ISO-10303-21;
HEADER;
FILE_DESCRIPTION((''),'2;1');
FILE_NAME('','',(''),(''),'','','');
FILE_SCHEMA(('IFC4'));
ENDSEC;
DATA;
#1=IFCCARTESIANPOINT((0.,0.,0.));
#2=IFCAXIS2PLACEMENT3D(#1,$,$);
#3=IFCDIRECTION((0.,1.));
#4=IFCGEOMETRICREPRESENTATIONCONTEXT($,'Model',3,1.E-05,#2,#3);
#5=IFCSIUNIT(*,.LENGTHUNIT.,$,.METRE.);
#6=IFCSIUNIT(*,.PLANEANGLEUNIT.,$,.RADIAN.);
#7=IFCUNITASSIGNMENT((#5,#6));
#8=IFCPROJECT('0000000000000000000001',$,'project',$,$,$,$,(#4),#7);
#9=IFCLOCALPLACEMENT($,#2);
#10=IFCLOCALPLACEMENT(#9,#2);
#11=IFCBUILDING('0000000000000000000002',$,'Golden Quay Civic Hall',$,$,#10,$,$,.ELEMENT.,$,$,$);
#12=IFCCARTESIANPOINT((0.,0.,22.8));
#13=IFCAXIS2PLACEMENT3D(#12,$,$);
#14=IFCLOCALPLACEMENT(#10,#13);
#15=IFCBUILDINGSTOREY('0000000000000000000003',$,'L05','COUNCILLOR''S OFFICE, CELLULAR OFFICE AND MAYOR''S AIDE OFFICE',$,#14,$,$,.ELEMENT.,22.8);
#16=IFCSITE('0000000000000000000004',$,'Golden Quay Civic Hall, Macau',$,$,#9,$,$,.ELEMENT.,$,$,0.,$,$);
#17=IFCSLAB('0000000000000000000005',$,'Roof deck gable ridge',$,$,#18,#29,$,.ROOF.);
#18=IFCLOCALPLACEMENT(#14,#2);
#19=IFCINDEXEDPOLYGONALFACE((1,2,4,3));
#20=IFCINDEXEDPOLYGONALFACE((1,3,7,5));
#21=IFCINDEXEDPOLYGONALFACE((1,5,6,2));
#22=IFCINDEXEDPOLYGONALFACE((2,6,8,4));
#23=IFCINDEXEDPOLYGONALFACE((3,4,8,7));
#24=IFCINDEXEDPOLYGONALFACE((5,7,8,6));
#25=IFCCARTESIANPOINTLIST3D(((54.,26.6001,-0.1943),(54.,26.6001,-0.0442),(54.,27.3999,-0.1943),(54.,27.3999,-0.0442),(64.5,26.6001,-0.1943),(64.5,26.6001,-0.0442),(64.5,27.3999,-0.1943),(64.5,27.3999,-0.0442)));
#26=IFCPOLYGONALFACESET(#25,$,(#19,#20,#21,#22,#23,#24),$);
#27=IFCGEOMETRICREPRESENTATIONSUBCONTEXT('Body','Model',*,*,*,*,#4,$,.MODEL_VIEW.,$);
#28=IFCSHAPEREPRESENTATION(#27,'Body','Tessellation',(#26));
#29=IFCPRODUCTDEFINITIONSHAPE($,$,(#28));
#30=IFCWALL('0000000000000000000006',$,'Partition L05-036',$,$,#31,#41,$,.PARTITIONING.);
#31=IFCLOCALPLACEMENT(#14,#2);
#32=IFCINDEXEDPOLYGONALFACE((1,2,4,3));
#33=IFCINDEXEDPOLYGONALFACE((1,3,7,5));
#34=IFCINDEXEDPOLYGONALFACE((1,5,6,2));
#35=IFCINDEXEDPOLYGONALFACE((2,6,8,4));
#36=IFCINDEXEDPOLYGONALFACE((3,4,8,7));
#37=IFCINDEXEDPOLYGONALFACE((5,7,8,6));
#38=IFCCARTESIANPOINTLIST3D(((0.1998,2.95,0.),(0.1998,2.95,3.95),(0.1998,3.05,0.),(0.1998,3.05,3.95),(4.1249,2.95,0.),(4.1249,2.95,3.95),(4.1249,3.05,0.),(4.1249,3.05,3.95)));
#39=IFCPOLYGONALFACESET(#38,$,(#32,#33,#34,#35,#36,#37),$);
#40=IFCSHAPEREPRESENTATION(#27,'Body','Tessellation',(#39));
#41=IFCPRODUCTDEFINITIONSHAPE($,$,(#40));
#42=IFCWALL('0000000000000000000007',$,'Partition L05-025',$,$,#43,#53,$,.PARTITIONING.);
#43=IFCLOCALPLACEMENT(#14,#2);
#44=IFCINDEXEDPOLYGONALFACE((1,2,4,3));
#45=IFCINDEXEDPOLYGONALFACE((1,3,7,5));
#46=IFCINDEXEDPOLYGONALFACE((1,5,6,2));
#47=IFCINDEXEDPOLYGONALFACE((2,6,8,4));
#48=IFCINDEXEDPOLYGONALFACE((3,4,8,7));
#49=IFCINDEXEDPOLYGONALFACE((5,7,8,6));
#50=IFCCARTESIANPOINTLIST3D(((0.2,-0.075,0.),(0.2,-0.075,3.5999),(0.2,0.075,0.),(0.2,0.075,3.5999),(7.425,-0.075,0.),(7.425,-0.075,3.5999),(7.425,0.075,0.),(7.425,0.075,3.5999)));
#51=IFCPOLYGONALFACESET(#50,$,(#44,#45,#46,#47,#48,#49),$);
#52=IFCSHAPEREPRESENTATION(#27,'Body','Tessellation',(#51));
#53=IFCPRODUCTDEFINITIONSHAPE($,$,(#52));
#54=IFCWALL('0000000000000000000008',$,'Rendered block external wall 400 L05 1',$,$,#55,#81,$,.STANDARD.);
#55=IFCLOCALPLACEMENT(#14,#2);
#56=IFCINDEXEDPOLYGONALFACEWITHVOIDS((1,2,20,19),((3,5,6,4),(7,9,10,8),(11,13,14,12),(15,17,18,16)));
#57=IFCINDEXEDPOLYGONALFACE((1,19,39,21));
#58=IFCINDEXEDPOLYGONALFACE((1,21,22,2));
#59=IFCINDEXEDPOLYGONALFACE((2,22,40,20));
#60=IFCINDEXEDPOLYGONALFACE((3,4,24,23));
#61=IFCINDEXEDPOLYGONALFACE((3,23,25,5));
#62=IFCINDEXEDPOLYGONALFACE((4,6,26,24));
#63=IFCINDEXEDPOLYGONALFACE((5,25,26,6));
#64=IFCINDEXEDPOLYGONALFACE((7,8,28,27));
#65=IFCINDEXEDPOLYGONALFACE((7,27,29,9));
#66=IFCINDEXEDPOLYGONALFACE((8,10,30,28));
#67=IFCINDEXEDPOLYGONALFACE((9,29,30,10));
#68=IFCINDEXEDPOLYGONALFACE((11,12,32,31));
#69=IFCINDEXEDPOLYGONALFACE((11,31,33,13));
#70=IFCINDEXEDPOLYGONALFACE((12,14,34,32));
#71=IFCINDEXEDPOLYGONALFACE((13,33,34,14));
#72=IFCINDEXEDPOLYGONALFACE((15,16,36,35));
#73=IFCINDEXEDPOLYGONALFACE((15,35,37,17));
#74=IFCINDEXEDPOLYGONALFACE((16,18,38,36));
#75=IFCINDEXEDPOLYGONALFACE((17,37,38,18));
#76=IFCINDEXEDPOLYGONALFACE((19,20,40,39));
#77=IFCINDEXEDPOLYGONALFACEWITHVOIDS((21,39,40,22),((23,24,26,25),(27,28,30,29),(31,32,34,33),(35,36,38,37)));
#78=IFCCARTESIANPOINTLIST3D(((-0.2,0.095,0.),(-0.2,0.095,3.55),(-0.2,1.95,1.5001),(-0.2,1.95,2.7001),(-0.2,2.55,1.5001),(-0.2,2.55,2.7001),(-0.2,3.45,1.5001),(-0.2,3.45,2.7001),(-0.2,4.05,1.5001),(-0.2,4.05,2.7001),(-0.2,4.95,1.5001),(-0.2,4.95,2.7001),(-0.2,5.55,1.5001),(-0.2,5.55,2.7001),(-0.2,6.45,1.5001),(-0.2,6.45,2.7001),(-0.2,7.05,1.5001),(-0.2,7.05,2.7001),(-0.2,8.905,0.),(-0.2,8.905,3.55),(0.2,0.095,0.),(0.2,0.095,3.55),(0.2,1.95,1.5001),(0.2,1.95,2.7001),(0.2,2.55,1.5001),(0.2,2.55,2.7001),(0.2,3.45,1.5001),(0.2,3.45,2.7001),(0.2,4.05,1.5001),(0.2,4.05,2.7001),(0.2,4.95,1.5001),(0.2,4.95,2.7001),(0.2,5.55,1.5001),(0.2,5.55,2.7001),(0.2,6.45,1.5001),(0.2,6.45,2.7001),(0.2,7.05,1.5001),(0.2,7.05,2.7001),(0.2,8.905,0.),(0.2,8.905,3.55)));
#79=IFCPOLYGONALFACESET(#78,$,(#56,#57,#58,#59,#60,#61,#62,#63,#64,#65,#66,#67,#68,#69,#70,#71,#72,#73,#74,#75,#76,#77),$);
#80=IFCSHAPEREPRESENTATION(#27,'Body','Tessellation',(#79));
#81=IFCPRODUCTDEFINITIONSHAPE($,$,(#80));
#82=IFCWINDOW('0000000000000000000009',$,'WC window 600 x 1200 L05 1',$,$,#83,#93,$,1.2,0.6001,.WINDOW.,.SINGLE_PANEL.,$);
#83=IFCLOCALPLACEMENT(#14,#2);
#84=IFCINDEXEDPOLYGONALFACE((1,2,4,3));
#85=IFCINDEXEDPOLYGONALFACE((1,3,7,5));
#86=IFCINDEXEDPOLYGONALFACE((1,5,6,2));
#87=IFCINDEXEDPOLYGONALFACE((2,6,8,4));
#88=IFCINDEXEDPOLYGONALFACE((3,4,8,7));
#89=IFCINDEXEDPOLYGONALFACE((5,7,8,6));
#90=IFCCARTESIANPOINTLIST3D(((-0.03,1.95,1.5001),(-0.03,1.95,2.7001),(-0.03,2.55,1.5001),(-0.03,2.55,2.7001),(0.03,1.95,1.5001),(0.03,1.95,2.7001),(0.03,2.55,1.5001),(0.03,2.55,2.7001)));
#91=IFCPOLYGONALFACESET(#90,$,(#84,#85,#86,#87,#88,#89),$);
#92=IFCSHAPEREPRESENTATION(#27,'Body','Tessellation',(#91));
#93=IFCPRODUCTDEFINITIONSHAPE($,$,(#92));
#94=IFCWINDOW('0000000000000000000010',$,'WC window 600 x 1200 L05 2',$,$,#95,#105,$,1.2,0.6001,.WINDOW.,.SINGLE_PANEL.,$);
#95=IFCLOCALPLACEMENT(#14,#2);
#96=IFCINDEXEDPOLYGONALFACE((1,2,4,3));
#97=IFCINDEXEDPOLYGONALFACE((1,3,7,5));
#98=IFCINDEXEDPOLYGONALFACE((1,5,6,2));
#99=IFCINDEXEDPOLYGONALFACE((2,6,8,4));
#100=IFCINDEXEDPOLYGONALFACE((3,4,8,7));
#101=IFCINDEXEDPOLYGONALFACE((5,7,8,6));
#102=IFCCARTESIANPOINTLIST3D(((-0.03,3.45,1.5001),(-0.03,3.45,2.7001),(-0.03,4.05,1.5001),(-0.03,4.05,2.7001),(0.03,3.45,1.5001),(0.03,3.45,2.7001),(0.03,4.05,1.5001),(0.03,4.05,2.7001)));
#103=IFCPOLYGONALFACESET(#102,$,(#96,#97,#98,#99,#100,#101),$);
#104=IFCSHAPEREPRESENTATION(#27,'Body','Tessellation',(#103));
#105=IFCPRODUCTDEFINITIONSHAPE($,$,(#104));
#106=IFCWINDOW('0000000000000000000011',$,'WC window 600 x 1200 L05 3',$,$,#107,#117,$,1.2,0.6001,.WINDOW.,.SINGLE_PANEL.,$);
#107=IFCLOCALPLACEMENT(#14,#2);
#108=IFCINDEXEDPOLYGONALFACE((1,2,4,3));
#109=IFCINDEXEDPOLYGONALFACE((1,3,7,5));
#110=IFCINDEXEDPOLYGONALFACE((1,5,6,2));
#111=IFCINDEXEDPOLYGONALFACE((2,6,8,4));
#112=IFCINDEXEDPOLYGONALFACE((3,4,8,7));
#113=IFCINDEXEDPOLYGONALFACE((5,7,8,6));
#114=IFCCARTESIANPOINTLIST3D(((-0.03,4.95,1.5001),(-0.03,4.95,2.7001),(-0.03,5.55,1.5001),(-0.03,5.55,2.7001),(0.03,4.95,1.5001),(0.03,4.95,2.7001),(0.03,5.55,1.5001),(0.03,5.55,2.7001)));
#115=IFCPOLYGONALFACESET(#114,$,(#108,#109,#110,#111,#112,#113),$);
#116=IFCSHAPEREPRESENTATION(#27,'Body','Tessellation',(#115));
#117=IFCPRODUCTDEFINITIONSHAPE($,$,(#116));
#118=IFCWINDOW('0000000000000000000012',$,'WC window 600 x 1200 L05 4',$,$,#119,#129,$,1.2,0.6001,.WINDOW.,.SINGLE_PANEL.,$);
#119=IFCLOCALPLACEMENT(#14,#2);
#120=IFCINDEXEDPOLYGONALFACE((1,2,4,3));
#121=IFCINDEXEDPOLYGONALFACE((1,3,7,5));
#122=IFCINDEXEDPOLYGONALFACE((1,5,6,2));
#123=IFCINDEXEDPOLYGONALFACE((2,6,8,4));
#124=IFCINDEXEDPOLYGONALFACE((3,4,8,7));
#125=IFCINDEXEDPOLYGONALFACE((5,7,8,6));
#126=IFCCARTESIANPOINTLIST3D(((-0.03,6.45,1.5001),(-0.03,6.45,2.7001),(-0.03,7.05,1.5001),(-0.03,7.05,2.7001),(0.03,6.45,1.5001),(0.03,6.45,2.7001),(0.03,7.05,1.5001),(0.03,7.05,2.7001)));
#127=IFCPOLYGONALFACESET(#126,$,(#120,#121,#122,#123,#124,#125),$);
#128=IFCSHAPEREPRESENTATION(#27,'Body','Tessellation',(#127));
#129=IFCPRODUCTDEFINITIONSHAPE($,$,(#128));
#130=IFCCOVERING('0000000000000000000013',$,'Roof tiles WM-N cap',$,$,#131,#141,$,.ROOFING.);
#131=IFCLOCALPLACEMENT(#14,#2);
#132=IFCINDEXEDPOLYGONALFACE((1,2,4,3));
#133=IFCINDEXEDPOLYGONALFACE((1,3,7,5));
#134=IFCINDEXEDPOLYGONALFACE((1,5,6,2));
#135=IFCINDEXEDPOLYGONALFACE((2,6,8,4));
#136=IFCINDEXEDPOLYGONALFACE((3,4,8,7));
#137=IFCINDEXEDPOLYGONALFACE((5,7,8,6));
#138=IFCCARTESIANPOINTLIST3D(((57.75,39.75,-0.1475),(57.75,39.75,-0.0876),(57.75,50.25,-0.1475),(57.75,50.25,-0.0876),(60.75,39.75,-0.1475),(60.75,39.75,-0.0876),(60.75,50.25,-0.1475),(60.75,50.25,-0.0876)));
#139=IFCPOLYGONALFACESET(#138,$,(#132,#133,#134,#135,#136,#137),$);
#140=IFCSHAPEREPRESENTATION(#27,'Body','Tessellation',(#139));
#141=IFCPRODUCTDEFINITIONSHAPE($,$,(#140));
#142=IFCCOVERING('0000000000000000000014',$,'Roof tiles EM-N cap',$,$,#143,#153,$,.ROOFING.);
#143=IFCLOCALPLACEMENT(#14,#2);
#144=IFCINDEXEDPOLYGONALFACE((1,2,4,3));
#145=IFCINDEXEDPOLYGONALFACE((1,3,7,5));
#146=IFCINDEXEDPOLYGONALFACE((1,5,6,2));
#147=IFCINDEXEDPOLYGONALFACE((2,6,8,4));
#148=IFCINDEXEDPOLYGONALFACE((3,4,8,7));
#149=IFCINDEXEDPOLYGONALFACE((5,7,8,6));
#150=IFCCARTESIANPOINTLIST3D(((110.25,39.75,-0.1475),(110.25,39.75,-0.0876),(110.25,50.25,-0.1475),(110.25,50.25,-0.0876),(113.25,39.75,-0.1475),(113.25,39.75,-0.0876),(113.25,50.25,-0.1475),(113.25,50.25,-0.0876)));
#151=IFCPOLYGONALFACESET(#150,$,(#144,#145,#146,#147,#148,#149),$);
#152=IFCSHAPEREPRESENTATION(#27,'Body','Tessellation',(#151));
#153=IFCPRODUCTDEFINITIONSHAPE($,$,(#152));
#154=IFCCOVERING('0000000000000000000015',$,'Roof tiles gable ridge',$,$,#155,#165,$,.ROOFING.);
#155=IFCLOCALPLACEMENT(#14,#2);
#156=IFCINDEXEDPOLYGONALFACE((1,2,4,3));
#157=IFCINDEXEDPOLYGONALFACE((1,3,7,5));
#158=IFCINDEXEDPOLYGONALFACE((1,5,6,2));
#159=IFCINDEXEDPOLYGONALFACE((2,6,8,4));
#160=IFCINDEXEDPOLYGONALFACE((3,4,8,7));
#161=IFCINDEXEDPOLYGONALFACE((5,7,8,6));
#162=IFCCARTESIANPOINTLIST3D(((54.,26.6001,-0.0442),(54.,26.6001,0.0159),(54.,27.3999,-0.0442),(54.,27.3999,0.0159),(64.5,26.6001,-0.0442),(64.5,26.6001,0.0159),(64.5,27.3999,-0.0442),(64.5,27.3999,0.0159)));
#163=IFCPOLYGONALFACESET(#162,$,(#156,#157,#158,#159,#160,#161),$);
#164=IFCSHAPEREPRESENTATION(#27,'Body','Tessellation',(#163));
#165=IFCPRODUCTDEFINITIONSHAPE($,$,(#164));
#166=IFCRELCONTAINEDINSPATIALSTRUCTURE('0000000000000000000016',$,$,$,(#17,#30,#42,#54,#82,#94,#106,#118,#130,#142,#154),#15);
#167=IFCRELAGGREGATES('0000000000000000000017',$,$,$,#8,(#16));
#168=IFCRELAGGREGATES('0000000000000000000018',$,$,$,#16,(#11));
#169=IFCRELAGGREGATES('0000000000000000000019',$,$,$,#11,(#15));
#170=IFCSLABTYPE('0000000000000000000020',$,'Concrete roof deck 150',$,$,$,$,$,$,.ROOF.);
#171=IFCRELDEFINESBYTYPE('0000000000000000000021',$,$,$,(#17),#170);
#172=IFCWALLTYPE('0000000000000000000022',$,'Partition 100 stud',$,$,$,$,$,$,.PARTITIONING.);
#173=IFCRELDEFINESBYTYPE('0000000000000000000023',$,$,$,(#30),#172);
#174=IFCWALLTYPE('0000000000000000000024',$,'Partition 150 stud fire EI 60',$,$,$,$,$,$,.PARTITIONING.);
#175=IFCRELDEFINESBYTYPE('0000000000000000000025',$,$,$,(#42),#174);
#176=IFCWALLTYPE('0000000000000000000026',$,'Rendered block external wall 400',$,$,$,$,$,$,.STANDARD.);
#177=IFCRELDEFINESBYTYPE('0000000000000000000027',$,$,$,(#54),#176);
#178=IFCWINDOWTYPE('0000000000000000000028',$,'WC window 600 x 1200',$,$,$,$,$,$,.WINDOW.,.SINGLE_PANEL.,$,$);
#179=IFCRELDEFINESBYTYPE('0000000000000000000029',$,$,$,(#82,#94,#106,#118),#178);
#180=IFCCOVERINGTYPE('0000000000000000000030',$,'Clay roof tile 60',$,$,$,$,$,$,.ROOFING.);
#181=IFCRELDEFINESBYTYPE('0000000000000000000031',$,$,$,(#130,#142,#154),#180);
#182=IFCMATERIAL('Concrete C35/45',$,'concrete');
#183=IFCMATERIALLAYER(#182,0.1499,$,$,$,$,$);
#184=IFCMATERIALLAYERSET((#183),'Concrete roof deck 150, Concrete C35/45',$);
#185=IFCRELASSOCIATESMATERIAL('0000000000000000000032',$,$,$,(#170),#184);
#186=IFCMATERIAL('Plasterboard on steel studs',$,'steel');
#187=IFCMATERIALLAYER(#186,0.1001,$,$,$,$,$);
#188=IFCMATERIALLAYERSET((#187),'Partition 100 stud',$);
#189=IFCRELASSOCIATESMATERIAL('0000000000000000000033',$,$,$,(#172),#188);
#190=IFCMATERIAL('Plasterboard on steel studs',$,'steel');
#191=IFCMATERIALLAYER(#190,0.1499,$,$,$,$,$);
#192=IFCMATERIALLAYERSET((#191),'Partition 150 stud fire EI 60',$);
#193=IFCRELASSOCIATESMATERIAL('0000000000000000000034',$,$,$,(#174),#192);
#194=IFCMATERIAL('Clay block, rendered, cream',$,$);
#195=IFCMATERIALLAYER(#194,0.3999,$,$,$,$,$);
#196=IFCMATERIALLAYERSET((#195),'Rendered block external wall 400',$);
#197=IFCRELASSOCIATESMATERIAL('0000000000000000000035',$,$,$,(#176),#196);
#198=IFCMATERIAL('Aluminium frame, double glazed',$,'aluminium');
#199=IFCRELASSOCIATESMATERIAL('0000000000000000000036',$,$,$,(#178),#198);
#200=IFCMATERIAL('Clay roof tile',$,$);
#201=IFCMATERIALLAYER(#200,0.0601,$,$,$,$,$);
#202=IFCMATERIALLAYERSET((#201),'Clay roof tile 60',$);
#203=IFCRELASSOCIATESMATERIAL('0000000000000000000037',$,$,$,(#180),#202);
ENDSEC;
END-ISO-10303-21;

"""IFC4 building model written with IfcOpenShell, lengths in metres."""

from ifc_helpers import new_model, si_unit, direction, frame, frame_2d, origin, place, context, subcontext, project, spatial, polyline, rectangle, outline, extrude, material, layer, layer_set, type_object, element, fill, save


model = new_model("IFC4")

# Units and contexts
model_context = context("Model", 3, precision=1e-05, world=origin(), true_north=direction((0.0, 1.0)))
body_context = subcontext(model_context, "Body", "Model", "MODEL_VIEW")
ifc_project = project(units=[si_unit("LENGTHUNIT", "METRE"), si_unit("PLANEANGLEUNIT", "RADIAN")], contexts=[model_context])

# Site, building, storey
site_placement = place(None, origin())
site = spatial("IfcSite", under=ifc_project, at=site_placement, Name="Golden Quay Civic Hall, Macau", CompositionType="ELEMENT", RefElevation=0.0)
building_placement = place(site_placement, origin())
building = spatial("IfcBuilding", under=site, at=building_placement, Name="Golden Quay Civic Hall", CompositionType="ELEMENT")
storey_placement = place(building_placement, frame((0.0, 0.0, 22.8)))
storey = spatial("IfcBuildingStorey", under=building, at=storey_placement, Name="L05", Description="COUNCILLOR'S OFFICE, CELLULAR OFFICE AND MAYOR'S AIDE OFFICE", CompositionType="ELEMENT", Elevation=22.8)

# Slab
ifc_material_1 = material(Name="Concrete C35/45", Category="concrete")
ifc_layer_1 = layer(ifc_material_1, 0.1499)
ifc_layer_set_1 = layer_set([ifc_layer_1], Name="Concrete roof deck 150, Concrete C35/45")
slab_type = type_object("IfcSlabType", Name="Concrete roof deck 150", PredefinedType="ROOF", material=ifc_layer_set_1)
slab_1_placement = place(storey_placement, frame((0.0, 0.0, -0.1943)))
element("IfcSlab", 1, at=slab_1_placement, inside=storey, type_object=slab_type, Name="Roof deck gable ridge", PredefinedType="ROOF", context=body_context, shape_type="SweptSolid", body=[
    extrude(outline(polyline([(54.0, 26.6001), (64.5, 26.6001), (64.5, 27.3999), (54.0, 27.3999), (54.0, 26.6001)])), origin(), (0.0, 0.0, 1.0), 0.1501),
])

# Walls
ifc_material_2 = material(Name="Plasterboard on steel studs", Category="steel")
ifc_layer_2 = layer(ifc_material_2, 0.1001)
ifc_layer_set_2 = layer_set([ifc_layer_2], Name="Partition 100 stud")
wall_type_1 = type_object("IfcWallType", Name="Partition 100 stud", PredefinedType="PARTITIONING", material=ifc_layer_set_2)
wall_1_placement = place(storey_placement, frame((0.2, 3.0, 0.0), z_axis=(0.0, 0.0, 1.0), x_axis=(1.0, 0.0, 0.0)))
element("IfcWall", 2, at=wall_1_placement, inside=storey, type_object=wall_type_1, Name="Partition L05-036", PredefinedType="PARTITIONING", context=body_context, shape_type="SweptSolid", body=[
    extrude(rectangle(XDim=3.925, YDim=0.1001, at=frame_2d((1.9624, 0.0))), origin(), (0.0, 0.0, 1.0), 3.95),
])
ifc_material_3 = material(Name="Plasterboard on steel studs", Category="steel")
ifc_layer_3 = layer(ifc_material_3, 0.1499)
ifc_layer_set_3 = layer_set([ifc_layer_3], Name="Partition 150 stud fire EI 60")
wall_type_2 = type_object("IfcWallType", Name="Partition 150 stud fire EI 60", PredefinedType="PARTITIONING", material=ifc_layer_set_3)
wall_2_placement = place(storey_placement, frame((0.2, 0.0, 0.0), z_axis=(0.0, 0.0, 1.0), x_axis=(1.0, 0.0, 0.0)))
element("IfcWall", 3, at=wall_2_placement, inside=storey, type_object=wall_type_2, Name="Partition L05-025", PredefinedType="PARTITIONING", context=body_context, shape_type="SweptSolid", body=[
    extrude(rectangle(XDim=7.2251, YDim=0.1499, at=frame_2d((3.6125, 0.0))), origin(), (0.0, 0.0, 1.0), 3.5999),
])

# Wall, openings, windows
ifc_material_4 = material(Name="Clay block, rendered, cream")
ifc_layer_4 = layer(ifc_material_4, 0.3999)
ifc_layer_set_4 = layer_set([ifc_layer_4], Name="Rendered block external wall 400")
wall_type_3 = type_object("IfcWallType", Name="Rendered block external wall 400", PredefinedType="STANDARD", material=ifc_layer_set_4)
wall_3_placement = place(storey_placement, frame((0.0, 0.095, 0.0), z_axis=(0.0, 0.0, 1.0), x_axis=(0.0, 1.0, 0.0)))
wall_3 = element("IfcWall", 4, at=wall_3_placement, inside=storey, type_object=wall_type_3, Name="Rendered block external wall 400 L05 1", PredefinedType="STANDARD", context=body_context, shape_type="SweptSolid", body=[
    extrude(rectangle(XDim=8.8101, YDim=0.3999, at=frame_2d((4.405, 0.0))), origin(), (0.0, 0.0, 1.0), 3.55),
])
opening_1_placement = place(wall_3_placement, frame((1.855, 0.0, 1.5)))
opening_1 = element("IfcOpeningElement", 5, at=opening_1_placement, cuts=wall_3, PredefinedType="OPENING", context=body_context, shape_type="SweptSolid", body=[
    extrude(rectangle(XDim=0.6001, YDim=1.2, at=frame_2d((0.3, 0.6001))), frame((0.0, 0.21, 0.0), z_axis=(0.0, -1.0, 0.0), x_axis=(1.0, 0.0, 0.0)), (0.0, 0.0, 1.0), 0.4199),
])
opening_2_placement = place(wall_3_placement, frame((3.355, 0.0, 1.5)))
opening_2 = element("IfcOpeningElement", 6, at=opening_2_placement, cuts=wall_3, PredefinedType="OPENING", context=body_context, shape_type="SweptSolid", body=[
    extrude(rectangle(XDim=0.6001, YDim=1.2, at=frame_2d((0.3, 0.6001))), frame((0.0, 0.21, 0.0), z_axis=(0.0, -1.0, 0.0), x_axis=(1.0, 0.0, 0.0)), (0.0, 0.0, 1.0), 0.4199),
])
opening_3_placement = place(wall_3_placement, frame((4.855, 0.0, 1.5)))
opening_3 = element("IfcOpeningElement", 7, at=opening_3_placement, cuts=wall_3, PredefinedType="OPENING", context=body_context, shape_type="SweptSolid", body=[
    extrude(rectangle(XDim=0.6001, YDim=1.2, at=frame_2d((0.3, 0.6001))), frame((0.0, 0.21, 0.0), z_axis=(0.0, -1.0, 0.0), x_axis=(1.0, 0.0, 0.0)), (0.0, 0.0, 1.0), 0.4199),
])
opening_4_placement = place(wall_3_placement, frame((6.355, 0.0, 1.5)))
opening_4 = element("IfcOpeningElement", 8, at=opening_4_placement, cuts=wall_3, PredefinedType="OPENING", context=body_context, shape_type="SweptSolid", body=[
    extrude(rectangle(XDim=0.6001, YDim=1.2, at=frame_2d((0.3, 0.6001))), frame((0.0, 0.21, 0.0), z_axis=(0.0, -1.0, 0.0), x_axis=(1.0, 0.0, 0.0)), (0.0, 0.0, 1.0), 0.4199),
])
ifc_material_5 = material(Name="Aluminium frame, double glazed", Category="aluminium")
window_type = type_object("IfcWindowType", Name="WC window 600 x 1200", PartitioningType="SINGLE_PANEL", PredefinedType="WINDOW", material=ifc_material_5)
window_1_placement = place(opening_1_placement, origin())
window_1 = element("IfcWindow", 9, at=window_1_placement, inside=storey, type_object=window_type, Name="WC window 600 x 1200 L05 1", OverallHeight=1.2, OverallWidth=0.6001, PartitioningType="SINGLE_PANEL", PredefinedType="WINDOW", context=body_context, shape_type="SweptSolid", body=[
    extrude(rectangle(XDim=0.6001, YDim=1.2, at=frame_2d((0.3, 0.6001))), frame((0.0, 0.03, 0.0), z_axis=(0.0, -1.0, 0.0), x_axis=(1.0, 0.0, 0.0)), (0.0, 0.0, 1.0), 0.0601),
])
fill(opening_1, window_1)
window_2_placement = place(opening_2_placement, origin())
window_2 = element("IfcWindow", 10, at=window_2_placement, inside=storey, type_object=window_type, Name="WC window 600 x 1200 L05 2", OverallHeight=1.2, OverallWidth=0.6001, PartitioningType="SINGLE_PANEL", PredefinedType="WINDOW", context=body_context, shape_type="SweptSolid", body=[
    extrude(rectangle(XDim=0.6001, YDim=1.2, at=frame_2d((0.3, 0.6001))), frame((0.0, 0.03, 0.0), z_axis=(0.0, -1.0, 0.0), x_axis=(1.0, 0.0, 0.0)), (0.0, 0.0, 1.0), 0.0601),
])
fill(opening_2, window_2)
window_3_placement = place(opening_3_placement, origin())
window_3 = element("IfcWindow", 11, at=window_3_placement, inside=storey, type_object=window_type, Name="WC window 600 x 1200 L05 3", OverallHeight=1.2, OverallWidth=0.6001, PartitioningType="SINGLE_PANEL", PredefinedType="WINDOW", context=body_context, shape_type="SweptSolid", body=[
    extrude(rectangle(XDim=0.6001, YDim=1.2, at=frame_2d((0.3, 0.6001))), frame((0.0, 0.03, 0.0), z_axis=(0.0, -1.0, 0.0), x_axis=(1.0, 0.0, 0.0)), (0.0, 0.0, 1.0), 0.0601),
])
fill(opening_3, window_3)
window_4_placement = place(opening_4_placement, origin())
window_4 = element("IfcWindow", 12, at=window_4_placement, inside=storey, type_object=window_type, Name="WC window 600 x 1200 L05 4", OverallHeight=1.2, OverallWidth=0.6001, PartitioningType="SINGLE_PANEL", PredefinedType="WINDOW", context=body_context, shape_type="SweptSolid", body=[
    extrude(rectangle(XDim=0.6001, YDim=1.2, at=frame_2d((0.3, 0.6001))), frame((0.0, 0.03, 0.0), z_axis=(0.0, -1.0, 0.0), x_axis=(1.0, 0.0, 0.0)), (0.0, 0.0, 1.0), 0.0601),
])
fill(opening_4, window_4)

# Coverings
ifc_material_6 = material(Name="Clay roof tile")
ifc_layer_5 = layer(ifc_material_6, 0.0601)
ifc_layer_set_5 = layer_set([ifc_layer_5], Name="Clay roof tile 60")
covering_type = type_object("IfcCoveringType", Name="Clay roof tile 60", PredefinedType="ROOFING", material=ifc_layer_set_5)
covering_1_placement = place(storey_placement, frame((0.0, 0.0, -0.1475)))
element("IfcCovering", 13, at=covering_1_placement, inside=storey, type_object=covering_type, Name="Roof tiles WM-N cap", PredefinedType="ROOFING", context=body_context, shape_type="SweptSolid", body=[
    extrude(outline(polyline([(57.75, 39.75), (60.75, 39.75), (60.75, 50.25), (57.75, 50.25), (57.75, 39.75)])), origin(), (0.0, 0.0, 1.0), 0.0598),
])
covering_2_placement = place(storey_placement, frame((0.0, 0.0, -0.1475)))
element("IfcCovering", 14, at=covering_2_placement, inside=storey, type_object=covering_type, Name="Roof tiles EM-N cap", PredefinedType="ROOFING", context=body_context, shape_type="SweptSolid", body=[
    extrude(outline(polyline([(110.25, 39.75), (113.25, 39.75), (113.25, 50.25), (110.25, 50.25), (110.25, 39.75)])), origin(), (0.0, 0.0, 1.0), 0.0598),
])
covering_3_placement = place(storey_placement, frame((0.0, 0.0, -0.0442)))
element("IfcCovering", 15, at=covering_3_placement, inside=storey, type_object=covering_type, Name="Roof tiles gable ridge", PredefinedType="ROOFING", context=body_context, shape_type="SweptSolid", body=[
    extrude(outline(polyline([(54.0, 26.6001), (64.5, 26.6001), (64.5, 27.3999), (54.0, 27.3999), (54.0, 26.6001)])), origin(), (0.0, 0.0, 1.0), 0.0601),
])

save(model, "model.ifc")
